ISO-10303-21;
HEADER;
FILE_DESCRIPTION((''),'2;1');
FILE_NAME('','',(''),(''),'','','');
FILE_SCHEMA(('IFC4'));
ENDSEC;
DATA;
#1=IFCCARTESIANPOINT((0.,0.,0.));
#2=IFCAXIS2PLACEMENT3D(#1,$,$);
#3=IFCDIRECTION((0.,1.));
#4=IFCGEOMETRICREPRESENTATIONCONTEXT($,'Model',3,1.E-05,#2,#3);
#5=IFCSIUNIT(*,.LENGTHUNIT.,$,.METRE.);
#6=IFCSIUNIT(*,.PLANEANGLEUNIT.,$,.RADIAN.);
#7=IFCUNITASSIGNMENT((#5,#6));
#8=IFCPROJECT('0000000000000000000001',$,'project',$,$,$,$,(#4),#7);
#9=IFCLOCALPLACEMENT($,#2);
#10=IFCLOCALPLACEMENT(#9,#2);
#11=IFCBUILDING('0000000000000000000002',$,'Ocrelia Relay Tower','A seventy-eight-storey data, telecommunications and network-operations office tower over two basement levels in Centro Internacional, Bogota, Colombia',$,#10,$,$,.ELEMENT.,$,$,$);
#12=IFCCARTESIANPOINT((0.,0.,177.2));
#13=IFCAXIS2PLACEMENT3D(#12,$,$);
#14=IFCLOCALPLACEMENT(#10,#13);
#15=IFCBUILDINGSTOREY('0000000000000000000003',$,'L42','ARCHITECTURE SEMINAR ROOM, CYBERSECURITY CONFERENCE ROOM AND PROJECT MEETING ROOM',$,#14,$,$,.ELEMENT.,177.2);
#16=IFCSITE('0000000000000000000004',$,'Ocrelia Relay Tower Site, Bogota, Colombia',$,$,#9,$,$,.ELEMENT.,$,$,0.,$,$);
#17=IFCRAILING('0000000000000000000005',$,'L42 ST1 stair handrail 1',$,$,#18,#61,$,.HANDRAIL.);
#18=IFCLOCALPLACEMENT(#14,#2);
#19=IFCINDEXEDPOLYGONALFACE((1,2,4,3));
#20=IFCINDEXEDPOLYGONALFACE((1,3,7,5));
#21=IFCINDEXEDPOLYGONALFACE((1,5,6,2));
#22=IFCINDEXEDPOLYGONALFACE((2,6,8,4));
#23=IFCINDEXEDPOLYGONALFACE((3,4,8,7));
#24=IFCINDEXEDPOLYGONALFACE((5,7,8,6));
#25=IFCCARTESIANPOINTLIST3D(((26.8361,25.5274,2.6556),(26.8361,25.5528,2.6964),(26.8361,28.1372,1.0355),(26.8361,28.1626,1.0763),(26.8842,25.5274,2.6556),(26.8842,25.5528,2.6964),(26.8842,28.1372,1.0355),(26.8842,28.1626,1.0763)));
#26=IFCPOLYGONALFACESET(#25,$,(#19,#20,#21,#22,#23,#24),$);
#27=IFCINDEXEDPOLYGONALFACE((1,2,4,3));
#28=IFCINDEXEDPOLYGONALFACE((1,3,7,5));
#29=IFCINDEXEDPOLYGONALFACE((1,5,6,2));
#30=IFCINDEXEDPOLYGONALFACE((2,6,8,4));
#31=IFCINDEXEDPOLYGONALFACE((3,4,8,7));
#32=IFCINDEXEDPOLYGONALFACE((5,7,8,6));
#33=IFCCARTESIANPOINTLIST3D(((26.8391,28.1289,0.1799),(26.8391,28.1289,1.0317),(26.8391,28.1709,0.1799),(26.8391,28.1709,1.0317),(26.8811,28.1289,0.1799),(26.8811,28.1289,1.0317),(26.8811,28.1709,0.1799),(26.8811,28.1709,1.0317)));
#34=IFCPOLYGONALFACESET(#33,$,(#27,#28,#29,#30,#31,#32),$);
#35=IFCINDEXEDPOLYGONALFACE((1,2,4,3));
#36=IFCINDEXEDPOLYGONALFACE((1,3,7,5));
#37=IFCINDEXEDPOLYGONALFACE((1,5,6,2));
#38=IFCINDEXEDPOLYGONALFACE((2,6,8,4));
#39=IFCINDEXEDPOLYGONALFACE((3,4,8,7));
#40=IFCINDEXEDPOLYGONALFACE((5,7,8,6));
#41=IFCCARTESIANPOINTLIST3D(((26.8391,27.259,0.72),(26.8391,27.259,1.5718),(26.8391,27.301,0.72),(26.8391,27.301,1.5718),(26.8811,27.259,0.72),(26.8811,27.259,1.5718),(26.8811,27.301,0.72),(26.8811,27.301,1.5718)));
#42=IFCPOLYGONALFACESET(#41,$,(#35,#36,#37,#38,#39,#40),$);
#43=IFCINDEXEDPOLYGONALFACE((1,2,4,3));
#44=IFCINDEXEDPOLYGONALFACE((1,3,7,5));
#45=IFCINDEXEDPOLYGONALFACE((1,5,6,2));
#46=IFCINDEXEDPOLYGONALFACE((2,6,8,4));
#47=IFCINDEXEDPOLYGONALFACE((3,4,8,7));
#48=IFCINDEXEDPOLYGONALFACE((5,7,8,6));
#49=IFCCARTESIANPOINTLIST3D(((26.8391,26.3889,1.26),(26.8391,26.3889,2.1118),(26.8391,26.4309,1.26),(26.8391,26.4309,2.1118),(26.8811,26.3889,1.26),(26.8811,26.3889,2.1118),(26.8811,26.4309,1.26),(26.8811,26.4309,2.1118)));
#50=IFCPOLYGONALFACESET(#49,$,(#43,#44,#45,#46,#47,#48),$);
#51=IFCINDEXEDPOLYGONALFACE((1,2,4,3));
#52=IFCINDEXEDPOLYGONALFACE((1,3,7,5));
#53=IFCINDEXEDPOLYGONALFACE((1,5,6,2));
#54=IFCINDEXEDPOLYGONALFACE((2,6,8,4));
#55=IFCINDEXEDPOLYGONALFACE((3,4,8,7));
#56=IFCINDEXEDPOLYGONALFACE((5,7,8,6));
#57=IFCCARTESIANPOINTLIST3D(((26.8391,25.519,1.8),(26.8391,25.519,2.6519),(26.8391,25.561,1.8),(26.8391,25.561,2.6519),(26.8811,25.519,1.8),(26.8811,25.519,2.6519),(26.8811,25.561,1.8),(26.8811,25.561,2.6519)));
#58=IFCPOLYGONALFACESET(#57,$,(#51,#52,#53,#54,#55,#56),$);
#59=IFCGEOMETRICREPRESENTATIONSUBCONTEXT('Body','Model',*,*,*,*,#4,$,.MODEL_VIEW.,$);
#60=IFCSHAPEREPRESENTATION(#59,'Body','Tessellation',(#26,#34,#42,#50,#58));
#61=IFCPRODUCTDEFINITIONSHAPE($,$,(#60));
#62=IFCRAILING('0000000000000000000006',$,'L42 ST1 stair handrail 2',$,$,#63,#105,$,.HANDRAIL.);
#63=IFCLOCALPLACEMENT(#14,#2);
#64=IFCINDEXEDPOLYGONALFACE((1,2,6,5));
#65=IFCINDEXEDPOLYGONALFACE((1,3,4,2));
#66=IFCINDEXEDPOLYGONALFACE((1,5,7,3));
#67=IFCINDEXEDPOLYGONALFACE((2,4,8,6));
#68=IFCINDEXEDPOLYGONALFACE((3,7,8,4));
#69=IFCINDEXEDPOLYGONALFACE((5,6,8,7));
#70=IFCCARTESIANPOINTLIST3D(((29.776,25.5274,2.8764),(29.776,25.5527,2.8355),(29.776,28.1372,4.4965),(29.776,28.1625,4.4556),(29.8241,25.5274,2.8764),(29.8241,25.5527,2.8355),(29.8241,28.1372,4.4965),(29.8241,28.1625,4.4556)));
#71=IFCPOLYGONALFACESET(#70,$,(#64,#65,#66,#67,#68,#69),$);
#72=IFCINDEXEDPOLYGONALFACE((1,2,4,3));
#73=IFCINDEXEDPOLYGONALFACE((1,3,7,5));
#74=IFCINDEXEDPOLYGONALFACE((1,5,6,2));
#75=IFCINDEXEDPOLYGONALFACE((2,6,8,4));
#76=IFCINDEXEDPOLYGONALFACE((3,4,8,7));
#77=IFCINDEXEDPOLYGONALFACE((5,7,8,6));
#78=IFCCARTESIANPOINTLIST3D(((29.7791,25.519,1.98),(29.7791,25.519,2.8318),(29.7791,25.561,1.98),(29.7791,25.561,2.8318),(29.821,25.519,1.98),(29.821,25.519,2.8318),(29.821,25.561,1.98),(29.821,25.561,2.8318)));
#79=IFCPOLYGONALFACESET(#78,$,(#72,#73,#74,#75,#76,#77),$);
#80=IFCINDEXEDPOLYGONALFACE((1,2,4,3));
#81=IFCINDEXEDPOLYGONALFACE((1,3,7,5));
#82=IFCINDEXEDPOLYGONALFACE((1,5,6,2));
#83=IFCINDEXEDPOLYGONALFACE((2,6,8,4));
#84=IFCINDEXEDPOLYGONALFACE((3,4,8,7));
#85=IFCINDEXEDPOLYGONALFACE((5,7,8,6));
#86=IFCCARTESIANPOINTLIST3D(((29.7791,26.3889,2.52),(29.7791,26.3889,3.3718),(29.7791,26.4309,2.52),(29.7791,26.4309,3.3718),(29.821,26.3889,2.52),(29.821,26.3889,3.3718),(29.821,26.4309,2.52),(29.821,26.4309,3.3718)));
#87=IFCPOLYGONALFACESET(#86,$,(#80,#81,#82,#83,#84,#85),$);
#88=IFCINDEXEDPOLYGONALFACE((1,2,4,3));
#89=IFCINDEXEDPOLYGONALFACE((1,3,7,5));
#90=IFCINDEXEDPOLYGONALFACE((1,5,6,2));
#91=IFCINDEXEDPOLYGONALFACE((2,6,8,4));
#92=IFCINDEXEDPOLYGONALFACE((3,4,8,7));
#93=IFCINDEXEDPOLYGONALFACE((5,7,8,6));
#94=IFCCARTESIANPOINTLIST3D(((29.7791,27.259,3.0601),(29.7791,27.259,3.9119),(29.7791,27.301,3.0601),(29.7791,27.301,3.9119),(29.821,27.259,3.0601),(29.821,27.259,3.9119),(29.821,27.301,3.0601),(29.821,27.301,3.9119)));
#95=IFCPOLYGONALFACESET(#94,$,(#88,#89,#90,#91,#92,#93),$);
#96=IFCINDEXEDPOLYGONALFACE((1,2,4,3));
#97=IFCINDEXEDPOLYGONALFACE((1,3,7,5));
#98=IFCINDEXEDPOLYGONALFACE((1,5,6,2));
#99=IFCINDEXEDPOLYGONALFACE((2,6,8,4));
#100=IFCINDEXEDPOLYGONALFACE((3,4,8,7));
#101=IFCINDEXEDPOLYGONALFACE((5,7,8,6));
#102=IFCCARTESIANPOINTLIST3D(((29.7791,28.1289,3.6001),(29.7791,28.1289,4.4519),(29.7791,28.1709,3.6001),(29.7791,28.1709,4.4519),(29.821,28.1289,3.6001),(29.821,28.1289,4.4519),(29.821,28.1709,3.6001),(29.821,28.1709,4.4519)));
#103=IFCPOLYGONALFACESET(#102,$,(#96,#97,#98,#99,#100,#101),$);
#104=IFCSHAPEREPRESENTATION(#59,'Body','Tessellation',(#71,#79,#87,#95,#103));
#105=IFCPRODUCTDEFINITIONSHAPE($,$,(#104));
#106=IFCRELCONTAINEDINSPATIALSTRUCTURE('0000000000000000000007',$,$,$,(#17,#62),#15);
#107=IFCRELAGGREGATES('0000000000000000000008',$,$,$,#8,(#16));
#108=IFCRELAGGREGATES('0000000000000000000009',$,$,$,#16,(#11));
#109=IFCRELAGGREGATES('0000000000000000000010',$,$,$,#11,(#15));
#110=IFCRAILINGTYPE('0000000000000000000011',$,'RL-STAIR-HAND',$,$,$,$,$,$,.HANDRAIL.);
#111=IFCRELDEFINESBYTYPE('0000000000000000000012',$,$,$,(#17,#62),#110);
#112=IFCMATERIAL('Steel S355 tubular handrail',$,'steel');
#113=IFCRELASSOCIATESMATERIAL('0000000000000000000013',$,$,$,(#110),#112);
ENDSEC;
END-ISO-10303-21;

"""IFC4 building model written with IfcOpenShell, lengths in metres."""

from ifc_helpers import new_model, si_unit, direction, frame, origin, origin_2d, place, context, subcontext, project, spatial, rectangle, extrude, material, type_object, element, save


model = new_model("IFC4")

# Units and contexts
model_context = context("Model", 3, precision=1e-05, world=origin(), true_north=direction((0.0, 1.0)))
body_context = subcontext(model_context, "Body", "Model", "MODEL_VIEW")
ifc_project = project(units=[si_unit("LENGTHUNIT", "METRE"), si_unit("PLANEANGLEUNIT", "RADIAN")], contexts=[model_context])

# Site, building, storey
site_placement = place(None, origin())
site = spatial("IfcSite", under=ifc_project, at=site_placement, Name="Ocrelia Relay Tower Site, Bogota, Colombia", CompositionType="ELEMENT", RefElevation=0.0)
building_placement = place(site_placement, origin())
building = spatial("IfcBuilding", under=site, at=building_placement, Name="Ocrelia Relay Tower", Description="A seventy-eight-storey data, telecommunications and network-operations office tower over two basement levels in Centro Internacional, Bogota, Colombia", CompositionType="ELEMENT")
storey_placement = place(building_placement, frame((0.0, 0.0, 177.2)))
storey = spatial("IfcBuildingStorey", under=building, at=storey_placement, Name="L42", Description="ARCHITECTURE SEMINAR ROOM, CYBERSECURITY CONFERENCE ROOM AND PROJECT MEETING ROOM", CompositionType="ELEMENT", Elevation=177.2)

# Railings
ifc_material_1 = material(Name="Steel S355 tubular handrail", Category="steel")
railing_type_1 = type_object("IfcRailingType", Name="RL-STAIR-HAND", PredefinedType="HANDRAIL", material=ifc_material_1)
railing_1_placement = place(storey_placement, frame((26.8601, 28.1499, 0.1799)))
element("IfcRailing", 1, at=railing_1_placement, inside=storey, type_object=railing_type_1, Name="L42 ST1 stair handrail 1", PredefinedType="HANDRAIL", context=body_context, shape_type="SweptSolid", body=[
    extrude(rectangle(XDim=0.0481, YDim=0.0481, at=origin_2d()), frame((0.0, 0.0, 0.876), z_axis=(0.0, -0.849611, 0.52741), x_axis=(1.0, 0.0, 0.0)), (0.0, 0.0, 1.0), 3.0718),
    extrude(rectangle(XDim=0.042, YDim=0.042, at=origin_2d()), origin(), (0.0, 0.0, 1.0), 0.8518),
    extrude(rectangle(XDim=0.042, YDim=0.042, at=origin_2d()), frame((0.0, -0.8699, 0.54)), (0.0, 0.0, 1.0), 0.8518),
    extrude(rectangle(XDim=0.042, YDim=0.042, at=origin_2d()), frame((0.0, -1.74, 1.0801)), (0.0, 0.0, 1.0), 0.8518),
    extrude(rectangle(XDim=0.042, YDim=0.042, at=origin_2d()), frame((0.0, -2.6099, 1.6201)), (0.0, 0.0, 1.0), 0.8518),
])
railing_2_placement = place(storey_placement, frame((29.8, 25.54, 1.98)))
element("IfcRailing", 2, at=railing_2_placement, inside=storey, type_object=railing_type_1, Name="L42 ST1 stair handrail 2", PredefinedType="HANDRAIL", context=body_context, shape_type="SweptSolid", body=[
    extrude(rectangle(XDim=0.0481, YDim=0.0481, at=origin_2d()), frame((0.0, 0.0, 0.876), z_axis=(0.0, 0.849611, 0.52741), x_axis=(-1.0, 0.0, 0.0)), (0.0, 0.0, 1.0), 3.0718),
    extrude(rectangle(XDim=0.042, YDim=0.042, at=origin_2d()), origin(), (0.0, 0.0, 1.0), 0.8518),
    extrude(rectangle(XDim=0.042, YDim=0.042, at=origin_2d()), frame((0.0, 0.8699, 0.54)), (0.0, 0.0, 1.0), 0.8518),
    extrude(rectangle(XDim=0.042, YDim=0.042, at=origin_2d()), frame((0.0, 1.74, 1.0801)), (0.0, 0.0, 1.0), 0.8518),
    extrude(rectangle(XDim=0.042, YDim=0.042, at=origin_2d()), frame((0.0, 2.6099, 1.6201)), (0.0, 0.0, 1.0), 0.8518),
])

save(model, "model.ifc")
